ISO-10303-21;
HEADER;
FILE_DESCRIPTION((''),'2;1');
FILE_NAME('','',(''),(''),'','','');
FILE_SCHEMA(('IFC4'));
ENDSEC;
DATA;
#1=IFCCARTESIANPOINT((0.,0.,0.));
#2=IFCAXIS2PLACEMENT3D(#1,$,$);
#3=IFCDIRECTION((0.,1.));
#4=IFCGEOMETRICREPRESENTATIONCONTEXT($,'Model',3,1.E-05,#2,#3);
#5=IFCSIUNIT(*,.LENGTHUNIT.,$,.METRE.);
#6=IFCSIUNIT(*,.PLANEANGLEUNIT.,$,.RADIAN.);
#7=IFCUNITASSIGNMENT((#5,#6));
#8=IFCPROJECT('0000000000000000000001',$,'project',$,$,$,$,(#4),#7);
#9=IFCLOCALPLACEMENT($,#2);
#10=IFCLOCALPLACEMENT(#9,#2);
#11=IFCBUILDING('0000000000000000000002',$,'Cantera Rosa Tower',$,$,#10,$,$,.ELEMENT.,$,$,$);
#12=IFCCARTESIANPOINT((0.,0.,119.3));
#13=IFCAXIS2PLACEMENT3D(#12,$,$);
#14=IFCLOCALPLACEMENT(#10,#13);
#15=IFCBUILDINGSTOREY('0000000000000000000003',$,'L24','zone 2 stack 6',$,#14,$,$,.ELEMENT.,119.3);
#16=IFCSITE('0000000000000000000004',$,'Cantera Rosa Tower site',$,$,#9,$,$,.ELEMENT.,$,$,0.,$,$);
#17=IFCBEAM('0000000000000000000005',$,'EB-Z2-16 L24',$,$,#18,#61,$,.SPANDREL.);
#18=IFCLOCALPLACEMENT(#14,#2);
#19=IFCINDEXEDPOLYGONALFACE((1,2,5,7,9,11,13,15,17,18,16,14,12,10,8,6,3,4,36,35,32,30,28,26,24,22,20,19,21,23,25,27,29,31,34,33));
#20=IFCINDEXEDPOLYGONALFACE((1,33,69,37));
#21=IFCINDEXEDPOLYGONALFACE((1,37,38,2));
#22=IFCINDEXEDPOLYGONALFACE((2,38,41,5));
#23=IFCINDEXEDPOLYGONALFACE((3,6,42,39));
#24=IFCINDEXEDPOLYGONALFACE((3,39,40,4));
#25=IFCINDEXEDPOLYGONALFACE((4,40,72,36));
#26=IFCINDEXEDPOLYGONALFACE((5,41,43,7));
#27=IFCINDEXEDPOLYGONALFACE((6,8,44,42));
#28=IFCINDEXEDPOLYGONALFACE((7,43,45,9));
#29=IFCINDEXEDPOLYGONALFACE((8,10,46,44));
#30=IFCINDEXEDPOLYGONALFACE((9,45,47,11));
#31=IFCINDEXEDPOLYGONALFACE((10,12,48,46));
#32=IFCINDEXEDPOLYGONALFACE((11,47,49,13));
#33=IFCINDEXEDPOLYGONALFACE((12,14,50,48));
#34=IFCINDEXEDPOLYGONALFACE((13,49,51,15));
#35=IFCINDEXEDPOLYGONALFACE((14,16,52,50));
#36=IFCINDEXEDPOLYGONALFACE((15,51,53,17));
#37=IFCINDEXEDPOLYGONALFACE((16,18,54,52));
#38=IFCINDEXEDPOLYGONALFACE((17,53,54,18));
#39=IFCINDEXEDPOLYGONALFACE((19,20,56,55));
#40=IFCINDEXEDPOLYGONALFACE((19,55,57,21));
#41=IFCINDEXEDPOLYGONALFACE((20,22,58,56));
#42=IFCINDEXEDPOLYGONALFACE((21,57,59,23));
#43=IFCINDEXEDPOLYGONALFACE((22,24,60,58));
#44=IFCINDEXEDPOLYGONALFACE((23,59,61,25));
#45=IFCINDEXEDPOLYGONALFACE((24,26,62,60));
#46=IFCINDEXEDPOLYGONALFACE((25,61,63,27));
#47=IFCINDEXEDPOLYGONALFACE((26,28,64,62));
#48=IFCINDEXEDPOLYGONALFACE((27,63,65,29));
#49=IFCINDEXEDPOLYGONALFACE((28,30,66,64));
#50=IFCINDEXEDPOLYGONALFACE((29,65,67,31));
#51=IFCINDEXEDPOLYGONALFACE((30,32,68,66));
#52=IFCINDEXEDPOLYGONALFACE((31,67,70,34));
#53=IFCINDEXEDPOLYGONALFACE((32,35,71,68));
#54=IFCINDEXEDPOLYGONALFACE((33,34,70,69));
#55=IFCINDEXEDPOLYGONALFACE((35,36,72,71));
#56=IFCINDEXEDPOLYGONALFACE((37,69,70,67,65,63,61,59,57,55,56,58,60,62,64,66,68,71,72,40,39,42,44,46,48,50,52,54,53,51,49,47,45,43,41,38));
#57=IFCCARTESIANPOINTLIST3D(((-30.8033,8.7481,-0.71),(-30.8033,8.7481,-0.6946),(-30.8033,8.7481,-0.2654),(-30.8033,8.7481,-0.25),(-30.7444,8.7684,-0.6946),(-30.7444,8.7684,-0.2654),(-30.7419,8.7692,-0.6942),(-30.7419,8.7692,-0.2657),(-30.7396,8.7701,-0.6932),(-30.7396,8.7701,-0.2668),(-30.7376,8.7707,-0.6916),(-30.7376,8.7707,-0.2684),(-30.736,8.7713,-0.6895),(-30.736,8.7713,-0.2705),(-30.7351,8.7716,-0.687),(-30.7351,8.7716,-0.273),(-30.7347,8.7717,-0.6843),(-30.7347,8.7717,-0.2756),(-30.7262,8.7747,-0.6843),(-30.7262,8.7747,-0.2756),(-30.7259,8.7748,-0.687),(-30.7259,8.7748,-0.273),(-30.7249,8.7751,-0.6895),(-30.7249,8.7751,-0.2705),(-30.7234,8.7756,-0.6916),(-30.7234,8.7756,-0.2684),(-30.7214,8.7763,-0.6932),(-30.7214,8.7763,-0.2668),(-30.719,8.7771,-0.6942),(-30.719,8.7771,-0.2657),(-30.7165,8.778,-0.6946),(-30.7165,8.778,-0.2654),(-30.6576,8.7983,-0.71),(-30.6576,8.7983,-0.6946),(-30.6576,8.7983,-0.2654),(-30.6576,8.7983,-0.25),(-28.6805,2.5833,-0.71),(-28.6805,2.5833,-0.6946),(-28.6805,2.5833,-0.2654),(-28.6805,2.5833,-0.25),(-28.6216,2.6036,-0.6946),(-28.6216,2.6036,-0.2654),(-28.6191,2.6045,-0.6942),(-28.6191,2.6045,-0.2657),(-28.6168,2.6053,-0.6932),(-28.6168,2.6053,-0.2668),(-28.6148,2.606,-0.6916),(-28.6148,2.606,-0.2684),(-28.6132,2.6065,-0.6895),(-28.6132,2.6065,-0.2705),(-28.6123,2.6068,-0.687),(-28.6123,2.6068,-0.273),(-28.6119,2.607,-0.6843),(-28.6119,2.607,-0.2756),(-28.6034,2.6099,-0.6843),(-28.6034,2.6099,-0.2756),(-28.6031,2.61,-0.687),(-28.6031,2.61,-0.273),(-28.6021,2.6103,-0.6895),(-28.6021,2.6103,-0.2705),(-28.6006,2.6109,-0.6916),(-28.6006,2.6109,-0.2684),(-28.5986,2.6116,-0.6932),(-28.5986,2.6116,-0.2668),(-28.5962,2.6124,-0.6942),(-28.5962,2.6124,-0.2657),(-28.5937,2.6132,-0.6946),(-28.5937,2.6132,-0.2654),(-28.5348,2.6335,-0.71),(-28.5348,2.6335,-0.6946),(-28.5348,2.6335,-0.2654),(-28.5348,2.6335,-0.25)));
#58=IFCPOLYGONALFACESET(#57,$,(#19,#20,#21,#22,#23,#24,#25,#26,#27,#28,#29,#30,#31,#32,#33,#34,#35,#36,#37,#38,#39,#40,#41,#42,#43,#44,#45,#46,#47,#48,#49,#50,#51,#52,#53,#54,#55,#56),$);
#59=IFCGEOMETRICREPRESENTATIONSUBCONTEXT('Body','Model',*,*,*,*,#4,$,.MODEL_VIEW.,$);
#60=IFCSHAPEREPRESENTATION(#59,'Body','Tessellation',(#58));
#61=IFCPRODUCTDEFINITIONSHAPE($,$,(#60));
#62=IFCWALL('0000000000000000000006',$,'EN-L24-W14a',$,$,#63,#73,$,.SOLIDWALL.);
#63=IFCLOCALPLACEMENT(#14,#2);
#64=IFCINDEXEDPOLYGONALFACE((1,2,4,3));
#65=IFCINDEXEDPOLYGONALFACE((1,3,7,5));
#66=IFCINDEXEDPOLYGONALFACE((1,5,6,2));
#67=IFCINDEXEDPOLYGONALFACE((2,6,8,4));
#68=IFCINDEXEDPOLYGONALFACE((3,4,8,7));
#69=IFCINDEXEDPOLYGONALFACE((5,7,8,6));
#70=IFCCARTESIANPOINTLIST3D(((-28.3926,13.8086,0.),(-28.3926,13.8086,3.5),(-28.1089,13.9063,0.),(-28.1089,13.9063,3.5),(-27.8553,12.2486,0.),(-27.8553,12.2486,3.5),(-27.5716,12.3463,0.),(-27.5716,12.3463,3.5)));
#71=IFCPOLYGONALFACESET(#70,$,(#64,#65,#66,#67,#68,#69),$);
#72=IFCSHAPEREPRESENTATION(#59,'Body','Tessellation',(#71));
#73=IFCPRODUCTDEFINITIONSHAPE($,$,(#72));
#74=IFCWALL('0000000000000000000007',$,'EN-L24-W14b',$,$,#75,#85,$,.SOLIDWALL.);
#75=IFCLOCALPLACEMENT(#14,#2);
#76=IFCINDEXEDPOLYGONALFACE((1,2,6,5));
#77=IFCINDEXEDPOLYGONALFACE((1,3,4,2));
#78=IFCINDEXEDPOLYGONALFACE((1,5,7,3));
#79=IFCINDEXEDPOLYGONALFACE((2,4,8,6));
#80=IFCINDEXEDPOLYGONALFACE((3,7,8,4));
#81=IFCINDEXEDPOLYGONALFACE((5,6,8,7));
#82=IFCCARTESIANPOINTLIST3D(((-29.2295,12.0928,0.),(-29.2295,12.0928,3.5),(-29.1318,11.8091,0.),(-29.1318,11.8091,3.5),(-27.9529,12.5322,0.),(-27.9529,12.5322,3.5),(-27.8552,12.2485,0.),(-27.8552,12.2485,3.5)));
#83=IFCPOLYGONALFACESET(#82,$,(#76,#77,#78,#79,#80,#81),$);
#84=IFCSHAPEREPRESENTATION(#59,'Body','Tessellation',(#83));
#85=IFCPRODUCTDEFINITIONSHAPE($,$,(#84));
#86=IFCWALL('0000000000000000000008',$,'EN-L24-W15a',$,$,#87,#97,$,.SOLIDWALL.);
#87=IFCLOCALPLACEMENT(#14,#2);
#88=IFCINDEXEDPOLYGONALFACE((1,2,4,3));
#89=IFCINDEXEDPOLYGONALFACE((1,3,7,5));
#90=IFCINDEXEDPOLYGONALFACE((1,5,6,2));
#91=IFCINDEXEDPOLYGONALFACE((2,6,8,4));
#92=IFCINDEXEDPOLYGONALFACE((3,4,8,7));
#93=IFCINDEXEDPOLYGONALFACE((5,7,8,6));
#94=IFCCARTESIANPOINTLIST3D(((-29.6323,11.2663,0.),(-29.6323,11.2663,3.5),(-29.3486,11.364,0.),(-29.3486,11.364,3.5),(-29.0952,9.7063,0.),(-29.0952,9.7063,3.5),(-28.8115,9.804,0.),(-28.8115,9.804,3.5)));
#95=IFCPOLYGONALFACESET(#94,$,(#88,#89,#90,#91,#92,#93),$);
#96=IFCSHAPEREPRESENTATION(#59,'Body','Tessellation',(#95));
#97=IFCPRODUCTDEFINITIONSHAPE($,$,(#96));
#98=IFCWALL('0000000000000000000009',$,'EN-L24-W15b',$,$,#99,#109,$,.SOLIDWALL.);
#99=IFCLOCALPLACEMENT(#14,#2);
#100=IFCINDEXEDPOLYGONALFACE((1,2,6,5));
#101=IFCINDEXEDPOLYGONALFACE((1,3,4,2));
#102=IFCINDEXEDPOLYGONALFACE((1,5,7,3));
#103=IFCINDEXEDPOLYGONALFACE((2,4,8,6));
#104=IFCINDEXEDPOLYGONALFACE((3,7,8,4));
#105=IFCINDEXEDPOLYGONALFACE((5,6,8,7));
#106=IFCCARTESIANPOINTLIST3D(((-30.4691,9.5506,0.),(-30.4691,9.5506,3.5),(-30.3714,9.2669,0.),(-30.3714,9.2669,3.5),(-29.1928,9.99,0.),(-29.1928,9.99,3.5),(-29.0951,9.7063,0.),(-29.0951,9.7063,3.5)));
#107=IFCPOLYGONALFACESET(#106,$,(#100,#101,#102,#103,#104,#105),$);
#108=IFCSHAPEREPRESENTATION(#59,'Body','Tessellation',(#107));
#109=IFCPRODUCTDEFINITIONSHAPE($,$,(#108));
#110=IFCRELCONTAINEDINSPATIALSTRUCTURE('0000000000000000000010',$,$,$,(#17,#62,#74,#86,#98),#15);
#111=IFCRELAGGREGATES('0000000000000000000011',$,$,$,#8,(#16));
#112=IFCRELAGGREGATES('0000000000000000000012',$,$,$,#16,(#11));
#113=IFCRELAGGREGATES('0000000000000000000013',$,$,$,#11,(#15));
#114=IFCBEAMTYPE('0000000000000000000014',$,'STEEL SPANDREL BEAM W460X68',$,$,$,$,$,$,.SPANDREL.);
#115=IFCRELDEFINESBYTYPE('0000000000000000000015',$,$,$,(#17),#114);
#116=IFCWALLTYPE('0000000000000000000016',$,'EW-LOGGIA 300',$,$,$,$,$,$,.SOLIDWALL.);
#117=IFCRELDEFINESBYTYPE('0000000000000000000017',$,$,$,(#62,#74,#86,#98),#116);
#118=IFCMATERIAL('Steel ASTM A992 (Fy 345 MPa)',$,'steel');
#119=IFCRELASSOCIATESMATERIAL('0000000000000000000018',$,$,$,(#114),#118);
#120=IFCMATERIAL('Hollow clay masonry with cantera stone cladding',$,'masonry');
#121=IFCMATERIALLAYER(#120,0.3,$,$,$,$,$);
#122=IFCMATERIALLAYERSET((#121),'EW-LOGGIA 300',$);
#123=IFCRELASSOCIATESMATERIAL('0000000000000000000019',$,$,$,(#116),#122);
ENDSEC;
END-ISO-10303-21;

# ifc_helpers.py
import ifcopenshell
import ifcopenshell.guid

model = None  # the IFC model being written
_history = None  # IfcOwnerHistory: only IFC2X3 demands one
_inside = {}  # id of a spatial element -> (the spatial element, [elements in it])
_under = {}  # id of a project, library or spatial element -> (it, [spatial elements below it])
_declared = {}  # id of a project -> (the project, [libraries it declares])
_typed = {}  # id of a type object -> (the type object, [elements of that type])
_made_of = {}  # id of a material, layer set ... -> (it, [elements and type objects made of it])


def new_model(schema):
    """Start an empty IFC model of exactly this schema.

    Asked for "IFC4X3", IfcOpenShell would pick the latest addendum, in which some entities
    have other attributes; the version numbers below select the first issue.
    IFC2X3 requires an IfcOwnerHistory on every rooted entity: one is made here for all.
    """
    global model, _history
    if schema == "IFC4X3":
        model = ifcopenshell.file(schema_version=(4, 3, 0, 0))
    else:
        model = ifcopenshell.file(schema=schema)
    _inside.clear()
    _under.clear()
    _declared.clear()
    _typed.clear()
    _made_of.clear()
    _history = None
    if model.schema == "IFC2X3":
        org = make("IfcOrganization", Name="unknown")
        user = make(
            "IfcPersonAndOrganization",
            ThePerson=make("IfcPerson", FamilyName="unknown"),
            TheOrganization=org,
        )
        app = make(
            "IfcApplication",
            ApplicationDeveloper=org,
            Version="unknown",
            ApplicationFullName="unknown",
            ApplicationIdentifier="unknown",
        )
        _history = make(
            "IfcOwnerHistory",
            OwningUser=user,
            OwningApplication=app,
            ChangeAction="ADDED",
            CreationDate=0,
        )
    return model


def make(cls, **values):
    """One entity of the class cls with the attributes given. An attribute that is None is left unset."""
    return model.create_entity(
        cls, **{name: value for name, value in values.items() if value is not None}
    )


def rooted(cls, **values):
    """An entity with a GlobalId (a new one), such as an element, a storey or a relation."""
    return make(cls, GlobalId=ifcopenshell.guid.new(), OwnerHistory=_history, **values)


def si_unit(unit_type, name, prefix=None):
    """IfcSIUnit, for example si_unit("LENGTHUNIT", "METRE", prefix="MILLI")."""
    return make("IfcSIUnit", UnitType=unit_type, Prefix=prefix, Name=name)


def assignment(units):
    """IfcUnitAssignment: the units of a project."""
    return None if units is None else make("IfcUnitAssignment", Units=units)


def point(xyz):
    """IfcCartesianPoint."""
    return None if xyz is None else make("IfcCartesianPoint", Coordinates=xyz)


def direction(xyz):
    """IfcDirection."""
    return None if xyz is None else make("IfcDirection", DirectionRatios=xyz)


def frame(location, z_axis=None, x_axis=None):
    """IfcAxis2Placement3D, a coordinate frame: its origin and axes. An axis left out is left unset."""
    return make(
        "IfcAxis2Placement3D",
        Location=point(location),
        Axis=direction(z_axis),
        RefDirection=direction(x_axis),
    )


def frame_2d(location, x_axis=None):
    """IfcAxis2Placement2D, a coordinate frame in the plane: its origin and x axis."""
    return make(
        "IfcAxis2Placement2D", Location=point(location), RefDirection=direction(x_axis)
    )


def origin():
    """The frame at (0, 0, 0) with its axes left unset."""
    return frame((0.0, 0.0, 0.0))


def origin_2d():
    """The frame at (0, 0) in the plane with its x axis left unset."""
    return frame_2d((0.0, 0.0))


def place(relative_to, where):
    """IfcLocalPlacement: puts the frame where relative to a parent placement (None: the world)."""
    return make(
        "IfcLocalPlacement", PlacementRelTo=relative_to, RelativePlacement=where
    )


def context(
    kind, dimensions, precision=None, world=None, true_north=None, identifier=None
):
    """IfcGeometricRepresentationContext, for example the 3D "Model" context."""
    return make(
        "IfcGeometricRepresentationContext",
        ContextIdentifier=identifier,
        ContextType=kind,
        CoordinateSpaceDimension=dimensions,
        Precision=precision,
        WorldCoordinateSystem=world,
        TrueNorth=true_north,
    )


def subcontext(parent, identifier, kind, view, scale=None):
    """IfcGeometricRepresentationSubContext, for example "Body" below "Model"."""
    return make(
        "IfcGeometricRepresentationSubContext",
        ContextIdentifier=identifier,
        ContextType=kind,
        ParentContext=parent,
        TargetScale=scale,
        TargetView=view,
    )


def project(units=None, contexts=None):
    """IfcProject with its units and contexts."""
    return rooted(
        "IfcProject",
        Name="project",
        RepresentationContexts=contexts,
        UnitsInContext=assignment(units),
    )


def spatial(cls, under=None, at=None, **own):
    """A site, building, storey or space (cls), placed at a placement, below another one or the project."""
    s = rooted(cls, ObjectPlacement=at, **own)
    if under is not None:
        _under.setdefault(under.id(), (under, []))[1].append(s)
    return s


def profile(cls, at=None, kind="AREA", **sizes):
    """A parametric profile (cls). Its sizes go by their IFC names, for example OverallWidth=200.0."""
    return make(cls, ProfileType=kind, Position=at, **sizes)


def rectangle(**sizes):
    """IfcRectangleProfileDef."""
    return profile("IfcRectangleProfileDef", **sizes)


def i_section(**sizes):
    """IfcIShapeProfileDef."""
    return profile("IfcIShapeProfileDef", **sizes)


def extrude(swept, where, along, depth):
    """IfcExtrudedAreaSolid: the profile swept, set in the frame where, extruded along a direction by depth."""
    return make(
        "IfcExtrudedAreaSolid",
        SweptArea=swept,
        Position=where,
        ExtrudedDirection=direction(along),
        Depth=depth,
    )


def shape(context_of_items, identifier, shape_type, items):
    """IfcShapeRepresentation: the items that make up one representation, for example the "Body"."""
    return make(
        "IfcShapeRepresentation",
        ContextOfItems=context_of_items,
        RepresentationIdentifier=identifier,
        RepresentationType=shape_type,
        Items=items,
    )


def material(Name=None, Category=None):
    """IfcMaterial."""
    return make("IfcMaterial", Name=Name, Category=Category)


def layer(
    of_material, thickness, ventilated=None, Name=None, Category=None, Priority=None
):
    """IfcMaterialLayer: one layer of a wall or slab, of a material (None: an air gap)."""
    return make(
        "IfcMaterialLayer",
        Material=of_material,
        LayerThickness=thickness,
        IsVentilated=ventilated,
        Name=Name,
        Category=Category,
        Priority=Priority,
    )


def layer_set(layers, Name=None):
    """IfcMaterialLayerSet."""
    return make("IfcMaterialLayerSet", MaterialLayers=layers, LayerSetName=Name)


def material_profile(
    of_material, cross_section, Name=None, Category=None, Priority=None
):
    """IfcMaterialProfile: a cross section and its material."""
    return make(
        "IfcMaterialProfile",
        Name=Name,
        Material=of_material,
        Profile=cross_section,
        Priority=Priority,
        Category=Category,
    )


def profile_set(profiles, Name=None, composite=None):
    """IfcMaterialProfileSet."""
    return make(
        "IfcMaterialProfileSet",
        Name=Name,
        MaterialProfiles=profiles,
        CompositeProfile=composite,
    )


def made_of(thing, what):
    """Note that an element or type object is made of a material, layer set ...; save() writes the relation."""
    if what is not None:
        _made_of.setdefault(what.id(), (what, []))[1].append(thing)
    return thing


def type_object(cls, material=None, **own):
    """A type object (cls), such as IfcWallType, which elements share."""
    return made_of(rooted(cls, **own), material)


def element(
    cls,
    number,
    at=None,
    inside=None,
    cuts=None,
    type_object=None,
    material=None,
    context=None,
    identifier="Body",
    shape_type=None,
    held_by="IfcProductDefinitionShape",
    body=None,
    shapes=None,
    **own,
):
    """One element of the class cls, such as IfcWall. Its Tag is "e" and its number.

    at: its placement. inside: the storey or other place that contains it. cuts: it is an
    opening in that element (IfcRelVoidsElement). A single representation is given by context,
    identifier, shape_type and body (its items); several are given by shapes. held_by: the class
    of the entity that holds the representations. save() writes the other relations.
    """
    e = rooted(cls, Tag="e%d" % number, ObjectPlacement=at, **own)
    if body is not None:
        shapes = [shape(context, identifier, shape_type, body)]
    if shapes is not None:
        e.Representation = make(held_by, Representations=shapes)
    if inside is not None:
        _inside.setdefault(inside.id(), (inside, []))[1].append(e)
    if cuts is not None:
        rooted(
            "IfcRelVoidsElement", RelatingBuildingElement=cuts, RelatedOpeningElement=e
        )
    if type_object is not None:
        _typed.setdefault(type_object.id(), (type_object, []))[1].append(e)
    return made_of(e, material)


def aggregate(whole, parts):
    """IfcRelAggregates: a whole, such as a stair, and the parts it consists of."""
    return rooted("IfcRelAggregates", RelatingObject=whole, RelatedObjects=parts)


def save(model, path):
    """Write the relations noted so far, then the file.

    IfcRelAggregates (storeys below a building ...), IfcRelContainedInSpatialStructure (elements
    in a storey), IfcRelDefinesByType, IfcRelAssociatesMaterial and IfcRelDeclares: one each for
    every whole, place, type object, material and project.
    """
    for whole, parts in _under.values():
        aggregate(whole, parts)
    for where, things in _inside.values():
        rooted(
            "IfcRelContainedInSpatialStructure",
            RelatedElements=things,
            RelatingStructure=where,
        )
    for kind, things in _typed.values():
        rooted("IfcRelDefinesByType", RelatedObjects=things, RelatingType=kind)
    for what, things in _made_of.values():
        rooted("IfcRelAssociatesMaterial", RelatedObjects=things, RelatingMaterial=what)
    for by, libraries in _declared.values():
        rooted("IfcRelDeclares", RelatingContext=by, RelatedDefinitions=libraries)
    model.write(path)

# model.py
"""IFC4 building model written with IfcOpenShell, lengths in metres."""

from ifc_helpers import new_model, si_unit, direction, frame, frame_2d, origin, origin_2d, place, context, subcontext, project, spatial, rectangle, i_section, extrude, material, layer, layer_set, material_profile, profile_set, type_object, element, save


model = new_model("IFC4")

# Units and contexts
model_context = context("Model", 3, precision=1e-05, world=origin(), true_north=direction((0.0, 1.0)))
body_context = subcontext(model_context, "Body", "Model", "MODEL_VIEW")
ifc_project = project(units=[si_unit("LENGTHUNIT", "METRE"), si_unit("PLANEANGLEUNIT", "RADIAN")], contexts=[model_context])

# Site, building, storey
site_placement = place(None, origin())
site = spatial("IfcSite", under=ifc_project, at=site_placement, Name="Cantera Rosa Tower site", CompositionType="ELEMENT", RefElevation=0.0)
building_placement = place(site_placement, origin())
building = spatial("IfcBuilding", under=site, at=building_placement, Name="Cantera Rosa Tower", CompositionType="ELEMENT")
storey_placement = place(building_placement, frame((0.0, 0.0, 119.3)))
storey = spatial("IfcBuildingStorey", under=building, at=storey_placement, Name="L24", Description="zone 2 stack 6", CompositionType="ELEMENT", Elevation=119.3)

# Beam
ifc_material_1 = material(Name="Steel ASTM A992 (Fy 345 MPa)", Category="steel")
ifc_material_profile_1 = material_profile(ifc_material_1, i_section(OverallWidth=0.1541, OverallDepth=0.46, WebThickness=0.009, FlangeThickness=0.0154, FilletRadius=0.0103, at=origin_2d()), Name="W460X68")
ifc_profile_set_1 = profile_set([ifc_material_profile_1], Name="Steel ASTM A992 (Fy 345 MPa)")
beam_type_1 = type_object("IfcBeamType", Name="STEEL SPANDREL BEAM W460X68", PredefinedType="SPANDREL", material=ifc_profile_set_1)
beam_1_placement = place(storey_placement, frame((-30.7305, 8.7732, -0.48), z_axis=(0.325581, -0.945514, 0.0), x_axis=(0.945514, 0.325581, 0.0)))
element("IfcBeam", 1, at=beam_1_placement, inside=storey, type_object=beam_type_1, Name="EB-Z2-16 L24", PredefinedType="SPANDREL", context=body_context, shape_type="SweptSolid", body=[
    extrude(i_section(OverallWidth=0.1541, OverallDepth=0.46, WebThickness=0.009, FlangeThickness=0.0154, FilletRadius=0.0103, at=origin_2d()), origin(), (0.0, 0.0, 1.0), 6.52),
])

# Walls
ifc_material_2 = material(Name="Hollow clay masonry with cantera stone cladding", Category="masonry")
ifc_layer_1 = layer(ifc_material_2, 0.3)
ifc_layer_set_1 = layer_set([ifc_layer_1], Name="EW-LOGGIA 300")
wall_type_1 = type_object("IfcWallType", Name="EW-LOGGIA 300", PredefinedType="SOLIDWALL", material=ifc_layer_set_1)
wall_1_placement = place(storey_placement, frame((-28.2507, 13.8574, 0.0), z_axis=(0.0, 0.0, 1.0), x_axis=(0.325667, -0.945485, 0.0)))
element("IfcWall", 2, at=wall_1_placement, inside=storey, type_object=wall_type_1, Name="EN-L24-W14a", PredefinedType="SOLIDWALL", context=body_context, shape_type="SweptSolid", body=[
    extrude(rectangle(XDim=1.6499, YDim=0.3, at=frame_2d((0.825, 0.0))), origin(), (0.0, 0.0, 1.0), 3.5),
])
wall_2_placement = place(storey_placement, frame((-27.9041, 12.3904, 0.0), z_axis=(0.0, 0.0, 1.0), x_axis=(-0.945546, -0.325489, 0.0)))
element("IfcWall", 3, at=wall_2_placement, inside=storey, type_object=wall_type_1, Name="EN-L24-W14b", PredefinedType="SOLIDWALL", context=body_context, shape_type="SweptSolid", body=[
    extrude(rectangle(XDim=1.3501, YDim=0.3, at=frame_2d((0.675, 0.0))), origin(), (0.0, 0.0, 1.0), 3.5),
])
wall_3_placement = place(storey_placement, frame((-29.4905, 11.3152, 0.0), z_axis=(0.0, 0.0, 1.0), x_axis=(0.325535, -0.94553, 0.0)))
element("IfcWall", 4, at=wall_3_placement, inside=storey, type_object=wall_type_1, Name="EN-L24-W15a", PredefinedType="SOLIDWALL", context=body_context, shape_type="SweptSolid", body=[
    extrude(rectangle(XDim=1.6499, YDim=0.3, at=frame_2d((0.825, 0.0))), origin(), (0.0, 0.0, 1.0), 3.5),
])
wall_4_placement = place(storey_placement, frame((-29.144, 9.8481, 0.0), z_axis=(0.0, 0.0, 1.0), x_axis=(-0.945527, -0.325545, 0.0)))
element("IfcWall", 5, at=wall_4_placement, inside=storey, type_object=wall_type_1, Name="EN-L24-W15b", PredefinedType="SOLIDWALL", context=body_context, shape_type="SweptSolid", body=[
    extrude(rectangle(XDim=1.3499, YDim=0.3, at=frame_2d((0.6748, 0.0))), origin(), (0.0, 0.0, 1.0), 3.5),
])

save(model, "model.ifc")
